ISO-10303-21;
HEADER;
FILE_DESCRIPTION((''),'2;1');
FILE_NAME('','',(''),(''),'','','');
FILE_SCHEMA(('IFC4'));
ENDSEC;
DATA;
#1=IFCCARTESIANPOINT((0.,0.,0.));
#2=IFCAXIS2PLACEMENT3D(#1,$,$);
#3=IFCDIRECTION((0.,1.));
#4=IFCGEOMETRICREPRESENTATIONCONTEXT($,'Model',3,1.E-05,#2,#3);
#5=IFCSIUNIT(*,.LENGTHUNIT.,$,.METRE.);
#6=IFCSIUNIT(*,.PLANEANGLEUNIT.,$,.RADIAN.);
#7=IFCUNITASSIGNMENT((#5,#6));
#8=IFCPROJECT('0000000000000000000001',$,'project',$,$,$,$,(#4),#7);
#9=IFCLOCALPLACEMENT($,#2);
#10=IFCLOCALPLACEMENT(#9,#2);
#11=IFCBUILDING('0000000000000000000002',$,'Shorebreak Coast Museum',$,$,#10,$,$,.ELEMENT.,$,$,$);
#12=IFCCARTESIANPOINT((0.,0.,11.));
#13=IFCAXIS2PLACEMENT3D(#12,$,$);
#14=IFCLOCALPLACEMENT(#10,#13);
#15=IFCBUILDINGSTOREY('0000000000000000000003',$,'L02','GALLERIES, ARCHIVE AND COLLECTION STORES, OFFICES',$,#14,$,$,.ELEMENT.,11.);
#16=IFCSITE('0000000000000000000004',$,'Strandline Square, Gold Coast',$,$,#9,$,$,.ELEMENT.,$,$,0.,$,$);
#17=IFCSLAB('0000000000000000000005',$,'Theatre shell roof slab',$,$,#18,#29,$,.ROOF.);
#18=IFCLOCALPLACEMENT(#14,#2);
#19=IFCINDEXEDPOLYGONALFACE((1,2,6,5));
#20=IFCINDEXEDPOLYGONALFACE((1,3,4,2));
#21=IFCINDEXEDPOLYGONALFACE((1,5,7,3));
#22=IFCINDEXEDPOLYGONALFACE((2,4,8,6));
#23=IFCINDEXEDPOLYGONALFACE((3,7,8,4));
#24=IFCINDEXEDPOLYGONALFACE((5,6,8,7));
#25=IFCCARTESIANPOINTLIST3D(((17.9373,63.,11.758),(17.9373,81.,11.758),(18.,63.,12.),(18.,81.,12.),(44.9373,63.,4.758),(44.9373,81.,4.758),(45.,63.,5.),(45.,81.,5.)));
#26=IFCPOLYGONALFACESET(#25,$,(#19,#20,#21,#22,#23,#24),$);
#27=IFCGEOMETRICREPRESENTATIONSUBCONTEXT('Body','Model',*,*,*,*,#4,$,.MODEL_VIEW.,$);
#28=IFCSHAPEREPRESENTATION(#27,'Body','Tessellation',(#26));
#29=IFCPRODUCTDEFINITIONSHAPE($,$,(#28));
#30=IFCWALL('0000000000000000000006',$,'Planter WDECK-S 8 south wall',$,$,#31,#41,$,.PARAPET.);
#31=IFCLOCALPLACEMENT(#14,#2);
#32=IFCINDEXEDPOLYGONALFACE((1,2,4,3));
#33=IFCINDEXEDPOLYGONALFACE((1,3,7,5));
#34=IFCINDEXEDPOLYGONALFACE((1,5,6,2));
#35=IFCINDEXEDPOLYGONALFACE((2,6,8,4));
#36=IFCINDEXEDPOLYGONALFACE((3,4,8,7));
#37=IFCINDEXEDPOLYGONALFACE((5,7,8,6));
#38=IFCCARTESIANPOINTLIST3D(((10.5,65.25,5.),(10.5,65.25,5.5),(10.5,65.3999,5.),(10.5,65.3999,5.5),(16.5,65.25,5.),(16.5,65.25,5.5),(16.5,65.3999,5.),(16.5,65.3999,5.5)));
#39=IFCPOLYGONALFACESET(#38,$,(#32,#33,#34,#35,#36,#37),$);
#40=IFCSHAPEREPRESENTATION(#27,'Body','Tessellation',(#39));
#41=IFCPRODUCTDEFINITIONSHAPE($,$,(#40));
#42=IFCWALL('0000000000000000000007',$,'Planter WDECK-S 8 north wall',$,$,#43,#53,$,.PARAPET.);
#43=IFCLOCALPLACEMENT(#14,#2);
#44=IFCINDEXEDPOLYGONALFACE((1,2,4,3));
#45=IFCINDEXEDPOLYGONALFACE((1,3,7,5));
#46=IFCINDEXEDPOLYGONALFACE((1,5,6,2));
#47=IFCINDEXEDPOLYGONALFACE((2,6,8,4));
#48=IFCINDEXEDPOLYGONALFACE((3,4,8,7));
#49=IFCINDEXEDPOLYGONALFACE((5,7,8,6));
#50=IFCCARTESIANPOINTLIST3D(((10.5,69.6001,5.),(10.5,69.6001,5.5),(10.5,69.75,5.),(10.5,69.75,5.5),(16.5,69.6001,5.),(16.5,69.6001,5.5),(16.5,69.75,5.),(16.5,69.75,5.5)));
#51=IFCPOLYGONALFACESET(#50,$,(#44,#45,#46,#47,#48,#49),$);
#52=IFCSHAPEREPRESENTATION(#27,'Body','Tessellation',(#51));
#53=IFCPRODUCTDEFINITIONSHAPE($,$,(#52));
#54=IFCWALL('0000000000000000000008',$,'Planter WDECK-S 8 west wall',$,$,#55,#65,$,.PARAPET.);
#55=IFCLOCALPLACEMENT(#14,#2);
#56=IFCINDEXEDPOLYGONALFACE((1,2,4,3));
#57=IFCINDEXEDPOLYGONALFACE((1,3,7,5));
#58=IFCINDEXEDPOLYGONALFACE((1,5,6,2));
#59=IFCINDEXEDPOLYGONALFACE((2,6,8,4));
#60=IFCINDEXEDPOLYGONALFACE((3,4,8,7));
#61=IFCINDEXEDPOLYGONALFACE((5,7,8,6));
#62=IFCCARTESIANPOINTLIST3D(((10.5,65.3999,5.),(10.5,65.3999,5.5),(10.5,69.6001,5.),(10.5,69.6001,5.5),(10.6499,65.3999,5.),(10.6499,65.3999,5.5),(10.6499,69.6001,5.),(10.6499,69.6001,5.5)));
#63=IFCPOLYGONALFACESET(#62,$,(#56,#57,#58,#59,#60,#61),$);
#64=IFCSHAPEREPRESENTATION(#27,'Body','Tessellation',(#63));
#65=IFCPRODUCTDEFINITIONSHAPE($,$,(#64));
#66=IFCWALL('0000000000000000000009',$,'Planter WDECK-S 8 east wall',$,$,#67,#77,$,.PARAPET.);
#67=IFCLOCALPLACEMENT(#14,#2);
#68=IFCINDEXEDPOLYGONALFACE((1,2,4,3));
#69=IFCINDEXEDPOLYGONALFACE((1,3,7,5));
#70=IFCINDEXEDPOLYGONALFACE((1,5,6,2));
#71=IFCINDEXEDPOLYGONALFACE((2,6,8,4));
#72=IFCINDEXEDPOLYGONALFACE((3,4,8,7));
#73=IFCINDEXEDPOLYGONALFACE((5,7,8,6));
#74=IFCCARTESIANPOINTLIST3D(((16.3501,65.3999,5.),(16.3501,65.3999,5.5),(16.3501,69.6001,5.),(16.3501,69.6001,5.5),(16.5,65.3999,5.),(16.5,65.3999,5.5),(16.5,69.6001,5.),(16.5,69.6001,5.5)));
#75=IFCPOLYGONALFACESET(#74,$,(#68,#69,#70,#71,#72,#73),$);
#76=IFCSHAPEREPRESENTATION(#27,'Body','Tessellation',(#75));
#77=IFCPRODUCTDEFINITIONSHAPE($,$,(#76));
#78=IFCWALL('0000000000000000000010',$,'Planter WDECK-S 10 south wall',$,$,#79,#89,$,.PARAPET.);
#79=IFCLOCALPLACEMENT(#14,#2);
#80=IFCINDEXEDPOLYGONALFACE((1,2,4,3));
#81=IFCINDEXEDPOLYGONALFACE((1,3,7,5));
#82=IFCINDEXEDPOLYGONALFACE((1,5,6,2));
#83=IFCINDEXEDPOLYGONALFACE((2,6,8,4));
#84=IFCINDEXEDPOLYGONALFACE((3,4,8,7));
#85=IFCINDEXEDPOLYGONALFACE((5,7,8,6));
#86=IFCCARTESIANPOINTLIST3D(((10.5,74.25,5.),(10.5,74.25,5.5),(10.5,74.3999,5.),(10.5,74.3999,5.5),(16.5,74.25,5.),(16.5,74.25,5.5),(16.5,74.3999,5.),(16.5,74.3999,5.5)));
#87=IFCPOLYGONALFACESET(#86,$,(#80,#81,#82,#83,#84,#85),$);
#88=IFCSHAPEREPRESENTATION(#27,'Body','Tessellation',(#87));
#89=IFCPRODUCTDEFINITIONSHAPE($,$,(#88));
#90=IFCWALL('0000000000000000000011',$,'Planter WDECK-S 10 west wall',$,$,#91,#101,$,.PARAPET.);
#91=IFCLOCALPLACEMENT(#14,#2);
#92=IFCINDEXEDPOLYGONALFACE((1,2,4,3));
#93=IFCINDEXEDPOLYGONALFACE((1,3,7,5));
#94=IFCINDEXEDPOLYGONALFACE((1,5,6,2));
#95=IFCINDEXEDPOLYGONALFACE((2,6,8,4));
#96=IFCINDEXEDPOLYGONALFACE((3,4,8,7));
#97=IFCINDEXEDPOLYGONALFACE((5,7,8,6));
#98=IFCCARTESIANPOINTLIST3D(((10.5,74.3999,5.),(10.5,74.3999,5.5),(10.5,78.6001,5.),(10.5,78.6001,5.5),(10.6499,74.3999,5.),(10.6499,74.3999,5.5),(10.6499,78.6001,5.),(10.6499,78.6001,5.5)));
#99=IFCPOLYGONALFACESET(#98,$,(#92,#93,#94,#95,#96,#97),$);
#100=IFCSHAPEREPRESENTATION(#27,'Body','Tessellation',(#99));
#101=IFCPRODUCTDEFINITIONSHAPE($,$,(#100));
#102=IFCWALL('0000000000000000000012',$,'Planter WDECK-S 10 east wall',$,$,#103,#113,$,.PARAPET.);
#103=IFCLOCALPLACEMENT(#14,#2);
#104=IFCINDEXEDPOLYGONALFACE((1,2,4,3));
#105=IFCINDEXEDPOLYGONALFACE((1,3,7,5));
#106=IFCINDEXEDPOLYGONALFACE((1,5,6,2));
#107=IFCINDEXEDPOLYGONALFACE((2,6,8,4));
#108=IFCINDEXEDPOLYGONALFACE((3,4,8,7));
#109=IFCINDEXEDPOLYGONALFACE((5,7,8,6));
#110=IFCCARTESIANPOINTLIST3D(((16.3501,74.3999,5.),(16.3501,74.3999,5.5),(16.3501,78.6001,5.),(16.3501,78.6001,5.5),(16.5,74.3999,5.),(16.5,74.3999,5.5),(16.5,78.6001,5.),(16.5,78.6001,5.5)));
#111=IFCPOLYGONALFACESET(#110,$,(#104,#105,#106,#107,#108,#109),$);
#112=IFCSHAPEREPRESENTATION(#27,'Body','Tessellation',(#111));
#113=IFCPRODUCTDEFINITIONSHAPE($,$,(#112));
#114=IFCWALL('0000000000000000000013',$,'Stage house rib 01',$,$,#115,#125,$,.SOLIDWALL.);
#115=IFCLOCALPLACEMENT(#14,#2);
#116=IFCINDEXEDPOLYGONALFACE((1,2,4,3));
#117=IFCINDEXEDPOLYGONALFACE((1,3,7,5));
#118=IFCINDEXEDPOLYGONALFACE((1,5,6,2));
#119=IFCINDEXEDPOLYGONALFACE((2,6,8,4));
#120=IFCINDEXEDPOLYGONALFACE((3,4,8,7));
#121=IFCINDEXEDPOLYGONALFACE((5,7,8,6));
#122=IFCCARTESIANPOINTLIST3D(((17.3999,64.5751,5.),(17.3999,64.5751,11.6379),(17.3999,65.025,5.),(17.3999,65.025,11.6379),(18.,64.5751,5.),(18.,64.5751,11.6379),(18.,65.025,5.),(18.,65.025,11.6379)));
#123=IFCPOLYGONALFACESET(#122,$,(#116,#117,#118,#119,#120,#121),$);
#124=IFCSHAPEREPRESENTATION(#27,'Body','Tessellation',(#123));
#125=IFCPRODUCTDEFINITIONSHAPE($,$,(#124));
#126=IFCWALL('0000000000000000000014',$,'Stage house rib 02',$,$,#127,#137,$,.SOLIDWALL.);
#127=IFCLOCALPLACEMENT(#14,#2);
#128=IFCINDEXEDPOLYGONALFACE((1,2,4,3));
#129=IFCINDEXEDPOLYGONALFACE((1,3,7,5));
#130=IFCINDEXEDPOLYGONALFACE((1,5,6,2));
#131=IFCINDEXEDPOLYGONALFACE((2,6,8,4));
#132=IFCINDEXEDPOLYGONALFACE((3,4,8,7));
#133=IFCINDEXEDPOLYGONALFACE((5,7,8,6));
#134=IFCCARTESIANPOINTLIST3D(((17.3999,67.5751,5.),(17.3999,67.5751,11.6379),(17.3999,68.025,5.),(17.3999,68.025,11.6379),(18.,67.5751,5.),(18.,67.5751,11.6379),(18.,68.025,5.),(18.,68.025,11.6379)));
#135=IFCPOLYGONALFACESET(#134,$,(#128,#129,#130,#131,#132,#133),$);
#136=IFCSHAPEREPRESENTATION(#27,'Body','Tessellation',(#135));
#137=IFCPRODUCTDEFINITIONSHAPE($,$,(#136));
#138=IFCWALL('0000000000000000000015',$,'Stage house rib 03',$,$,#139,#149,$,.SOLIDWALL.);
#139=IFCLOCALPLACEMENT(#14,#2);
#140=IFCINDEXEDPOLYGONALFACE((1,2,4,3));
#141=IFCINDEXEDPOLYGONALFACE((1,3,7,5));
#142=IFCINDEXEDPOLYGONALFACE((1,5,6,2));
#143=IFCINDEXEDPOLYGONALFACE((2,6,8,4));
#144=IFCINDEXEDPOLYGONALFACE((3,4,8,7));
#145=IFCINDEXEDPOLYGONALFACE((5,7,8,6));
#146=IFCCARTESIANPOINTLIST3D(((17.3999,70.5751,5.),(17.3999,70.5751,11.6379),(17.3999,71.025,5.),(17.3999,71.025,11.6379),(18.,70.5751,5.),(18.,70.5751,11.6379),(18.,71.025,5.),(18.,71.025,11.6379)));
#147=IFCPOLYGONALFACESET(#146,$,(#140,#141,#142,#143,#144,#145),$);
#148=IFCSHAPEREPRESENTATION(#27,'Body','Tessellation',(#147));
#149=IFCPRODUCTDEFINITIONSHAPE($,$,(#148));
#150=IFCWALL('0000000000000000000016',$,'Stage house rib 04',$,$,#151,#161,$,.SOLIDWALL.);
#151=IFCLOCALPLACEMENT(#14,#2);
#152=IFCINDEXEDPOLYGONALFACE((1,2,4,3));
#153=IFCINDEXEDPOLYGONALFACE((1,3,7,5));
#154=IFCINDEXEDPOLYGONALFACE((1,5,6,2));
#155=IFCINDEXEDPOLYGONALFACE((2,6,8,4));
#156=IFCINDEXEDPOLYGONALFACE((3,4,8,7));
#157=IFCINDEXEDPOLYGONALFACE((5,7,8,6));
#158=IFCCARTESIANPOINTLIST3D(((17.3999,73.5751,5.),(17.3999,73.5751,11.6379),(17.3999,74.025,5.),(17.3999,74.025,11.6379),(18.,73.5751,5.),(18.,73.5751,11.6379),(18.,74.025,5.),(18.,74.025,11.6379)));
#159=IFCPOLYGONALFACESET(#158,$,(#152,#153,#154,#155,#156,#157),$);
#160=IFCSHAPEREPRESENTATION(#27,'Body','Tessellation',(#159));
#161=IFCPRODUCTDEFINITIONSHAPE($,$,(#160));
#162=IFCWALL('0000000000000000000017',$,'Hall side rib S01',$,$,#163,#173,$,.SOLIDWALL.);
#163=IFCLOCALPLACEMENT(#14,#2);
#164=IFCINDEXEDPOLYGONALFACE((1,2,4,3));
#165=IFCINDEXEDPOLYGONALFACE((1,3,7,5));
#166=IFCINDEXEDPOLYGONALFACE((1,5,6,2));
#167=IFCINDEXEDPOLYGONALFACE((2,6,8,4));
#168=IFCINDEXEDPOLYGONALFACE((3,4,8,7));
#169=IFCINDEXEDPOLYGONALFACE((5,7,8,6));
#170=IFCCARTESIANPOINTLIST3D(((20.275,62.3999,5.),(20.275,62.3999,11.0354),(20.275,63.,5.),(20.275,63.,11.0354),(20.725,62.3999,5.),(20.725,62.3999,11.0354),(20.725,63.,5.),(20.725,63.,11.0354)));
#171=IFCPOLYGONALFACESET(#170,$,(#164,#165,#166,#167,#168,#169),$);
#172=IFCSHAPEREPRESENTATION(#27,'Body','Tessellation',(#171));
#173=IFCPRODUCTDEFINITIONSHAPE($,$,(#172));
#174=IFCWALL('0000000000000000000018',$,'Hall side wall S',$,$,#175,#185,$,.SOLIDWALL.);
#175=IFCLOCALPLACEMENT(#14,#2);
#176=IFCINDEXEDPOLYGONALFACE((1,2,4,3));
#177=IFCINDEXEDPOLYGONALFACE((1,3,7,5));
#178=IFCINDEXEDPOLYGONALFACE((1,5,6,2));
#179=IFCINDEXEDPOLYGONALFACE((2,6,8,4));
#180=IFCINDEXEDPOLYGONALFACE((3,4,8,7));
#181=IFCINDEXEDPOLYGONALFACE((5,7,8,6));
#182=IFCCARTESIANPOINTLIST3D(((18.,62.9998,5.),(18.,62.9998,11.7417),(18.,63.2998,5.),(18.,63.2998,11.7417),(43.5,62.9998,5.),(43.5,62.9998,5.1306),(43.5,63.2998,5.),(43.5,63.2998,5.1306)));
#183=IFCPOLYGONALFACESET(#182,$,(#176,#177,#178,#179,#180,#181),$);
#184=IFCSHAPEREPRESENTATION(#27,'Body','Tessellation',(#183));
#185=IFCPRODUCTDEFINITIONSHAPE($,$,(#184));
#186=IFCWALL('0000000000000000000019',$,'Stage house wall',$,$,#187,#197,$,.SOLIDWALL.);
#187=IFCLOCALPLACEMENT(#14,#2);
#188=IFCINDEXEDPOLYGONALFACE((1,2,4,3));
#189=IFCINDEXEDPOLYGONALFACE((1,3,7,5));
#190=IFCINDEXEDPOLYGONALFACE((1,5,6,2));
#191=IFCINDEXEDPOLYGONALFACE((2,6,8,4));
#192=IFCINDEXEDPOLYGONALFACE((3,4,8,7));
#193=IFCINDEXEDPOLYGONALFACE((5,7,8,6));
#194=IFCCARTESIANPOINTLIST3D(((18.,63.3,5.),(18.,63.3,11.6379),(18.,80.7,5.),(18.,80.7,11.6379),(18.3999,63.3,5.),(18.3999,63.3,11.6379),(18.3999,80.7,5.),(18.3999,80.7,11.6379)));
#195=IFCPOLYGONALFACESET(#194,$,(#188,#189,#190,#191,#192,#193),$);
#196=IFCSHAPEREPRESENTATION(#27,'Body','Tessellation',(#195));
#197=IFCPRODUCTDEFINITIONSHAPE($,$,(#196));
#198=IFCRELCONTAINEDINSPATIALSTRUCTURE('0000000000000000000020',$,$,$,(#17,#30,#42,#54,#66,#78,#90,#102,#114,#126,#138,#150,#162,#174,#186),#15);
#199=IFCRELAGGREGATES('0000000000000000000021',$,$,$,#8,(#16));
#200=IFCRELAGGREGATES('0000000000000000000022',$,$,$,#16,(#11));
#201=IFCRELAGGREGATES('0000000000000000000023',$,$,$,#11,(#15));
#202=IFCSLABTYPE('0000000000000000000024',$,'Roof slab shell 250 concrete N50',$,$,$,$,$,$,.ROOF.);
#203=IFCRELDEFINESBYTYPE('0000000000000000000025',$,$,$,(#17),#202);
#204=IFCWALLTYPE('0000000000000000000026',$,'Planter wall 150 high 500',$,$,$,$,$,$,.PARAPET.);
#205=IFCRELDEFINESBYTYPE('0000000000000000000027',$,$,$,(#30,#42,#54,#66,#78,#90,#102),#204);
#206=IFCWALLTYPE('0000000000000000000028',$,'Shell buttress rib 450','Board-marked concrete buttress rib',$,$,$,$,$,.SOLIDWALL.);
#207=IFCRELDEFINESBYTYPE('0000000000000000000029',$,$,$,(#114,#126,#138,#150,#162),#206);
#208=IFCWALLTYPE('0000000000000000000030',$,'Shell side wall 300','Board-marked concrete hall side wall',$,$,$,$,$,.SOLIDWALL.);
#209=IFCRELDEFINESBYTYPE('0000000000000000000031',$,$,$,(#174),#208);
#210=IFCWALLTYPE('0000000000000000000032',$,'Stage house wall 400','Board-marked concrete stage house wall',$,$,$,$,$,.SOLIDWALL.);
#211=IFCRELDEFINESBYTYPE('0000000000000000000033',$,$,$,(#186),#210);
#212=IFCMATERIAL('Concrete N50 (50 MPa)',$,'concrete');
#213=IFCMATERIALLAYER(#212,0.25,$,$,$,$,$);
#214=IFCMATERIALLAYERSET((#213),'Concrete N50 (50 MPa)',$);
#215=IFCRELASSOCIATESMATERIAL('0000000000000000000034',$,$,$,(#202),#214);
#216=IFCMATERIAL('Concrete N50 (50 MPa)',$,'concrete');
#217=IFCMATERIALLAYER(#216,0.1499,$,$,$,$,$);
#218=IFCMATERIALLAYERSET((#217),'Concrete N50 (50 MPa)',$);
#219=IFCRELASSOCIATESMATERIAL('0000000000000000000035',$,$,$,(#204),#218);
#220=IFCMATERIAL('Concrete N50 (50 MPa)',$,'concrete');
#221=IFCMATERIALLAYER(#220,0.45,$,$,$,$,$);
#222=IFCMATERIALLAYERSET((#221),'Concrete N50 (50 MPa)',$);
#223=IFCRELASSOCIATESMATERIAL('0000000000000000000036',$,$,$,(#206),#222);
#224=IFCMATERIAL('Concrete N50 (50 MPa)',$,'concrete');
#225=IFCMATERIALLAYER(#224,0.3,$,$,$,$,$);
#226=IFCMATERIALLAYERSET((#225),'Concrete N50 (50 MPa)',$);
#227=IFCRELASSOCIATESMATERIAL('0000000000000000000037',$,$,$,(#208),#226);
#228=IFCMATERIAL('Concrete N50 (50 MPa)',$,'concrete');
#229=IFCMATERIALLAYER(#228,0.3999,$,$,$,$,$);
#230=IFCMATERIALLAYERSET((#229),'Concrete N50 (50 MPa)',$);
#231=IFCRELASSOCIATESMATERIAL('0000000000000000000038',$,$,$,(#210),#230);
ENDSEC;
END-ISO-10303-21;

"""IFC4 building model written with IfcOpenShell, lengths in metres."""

from ifc_helpers import new_model, si_unit, direction, frame, frame_2d, origin, place, context, subcontext, project, spatial, polyline, rectangle, outline, extrude, material, layer, layer_set, type_object, element, save


model = new_model("IFC4")

# Units and contexts
model_context = context("Model", 3, precision=1e-05, world=origin(), true_north=direction((0.0, 1.0)))
body_context = subcontext(model_context, "Body", "Model", "MODEL_VIEW")
ifc_project = project(units=[si_unit("LENGTHUNIT", "METRE"), si_unit("PLANEANGLEUNIT", "RADIAN")], contexts=[model_context])

# Site, building, storey
site_placement = place(None, origin())
site = spatial("IfcSite", under=ifc_project, at=site_placement, Name="Strandline Square, Gold Coast", CompositionType="ELEMENT", RefElevation=0.0)
building_placement = place(site_placement, origin())
building = spatial("IfcBuilding", under=site, at=building_placement, Name="Shorebreak Coast Museum", CompositionType="ELEMENT")
storey_placement = place(building_placement, frame((0.0, 0.0, 11.0)))
storey = spatial("IfcBuildingStorey", under=building, at=storey_placement, Name="L02", Description="GALLERIES, ARCHIVE AND COLLECTION STORES, OFFICES", CompositionType="ELEMENT", Elevation=11.0)

# Slab
ifc_material_1 = material(Name="Concrete N50 (50 MPa)", Category="concrete")
ifc_layer_1 = layer(ifc_material_1, 0.25)
ifc_layer_set_1 = layer_set([ifc_layer_1], Name="Concrete N50 (50 MPa)")
slab_type = type_object("IfcSlabType", Name="Roof slab shell 250 concrete N50", PredefinedType="ROOF", material=ifc_layer_set_1)
slab_placement = place(storey_placement, frame((18.0, 63.0, 12.0), z_axis=(0.250962, 0.0, 0.967997), x_axis=(0.0, 1.0, 0.0)))
element("IfcSlab", 1, at=slab_placement, inside=storey, type_object=slab_type, Name="Theatre shell roof slab", PredefinedType="ROOF", context=body_context, shape_type="SweptSolid", body=[
    extrude(outline(polyline([(0.0, 0.0), (18.0, 0.0), (18.0, -27.8927), (0.0, -27.8927), (0.0, 0.0)])), origin(), (0.0, 0.0, -1.0), 0.25),
])

# Walls
ifc_material_2 = material(Name="Concrete N50 (50 MPa)", Category="concrete")
ifc_layer_2 = layer(ifc_material_2, 0.1499)
ifc_layer_set_2 = layer_set([ifc_layer_2], Name="Concrete N50 (50 MPa)")
wall_type_1 = type_object("IfcWallType", Name="Planter wall 150 high 500", PredefinedType="PARAPET", material=ifc_layer_set_2)
for number, where, z_axis, x_axis, name in (
    (2, (10.5, 65.325, 5.0), (0.0, 0.0, 1.0), (1.0, 0.0, 0.0), "Planter WDECK-S 8 south wall"),
    (3, (10.5, 69.675, 5.0), (0.0, 0.0, 1.0), (1.0, 0.0, 0.0), "Planter WDECK-S 8 north wall"),
):
    element("IfcWall", number, at=place(storey_placement, frame(where, z_axis=z_axis, x_axis=x_axis)), inside=storey, type_object=wall_type_1, Name=name, PredefinedType="PARAPET", context=body_context, shape_type="SweptSolid", body=[
        extrude(rectangle(XDim=6.0, YDim=0.1499, at=frame_2d((3.0, 0.0))), origin(), (0.0, 0.0, 1.0), 0.5),
    ])
for number, where, z_axis, x_axis, name in (
    (4, (10.575, 65.3999, 5.0), (0.0, 0.0, 1.0), (0.0, 1.0, 0.0), "Planter WDECK-S 8 west wall"),
    (5, (16.425, 65.3999, 5.0), (0.0, 0.0, 1.0), (0.0, 1.0, 0.0), "Planter WDECK-S 8 east wall"),
):
    element("IfcWall", number, at=place(storey_placement, frame(where, z_axis=z_axis, x_axis=x_axis)), inside=storey, type_object=wall_type_1, Name=name, PredefinedType="PARAPET", context=body_context, shape_type="SweptSolid", body=[
        extrude(rectangle(XDim=4.2002, YDim=0.1499, at=frame_2d((2.1001, 0.0))), origin(), (0.0, 0.0, 1.0), 0.5),
    ])
wall_1_placement = place(storey_placement, frame((10.5, 74.325, 5.0), z_axis=(0.0, 0.0, 1.0), x_axis=(1.0, 0.0, 0.0)))
element("IfcWall", 6, at=wall_1_placement, inside=storey, type_object=wall_type_1, Name="Planter WDECK-S 10 south wall", PredefinedType="PARAPET", context=body_context, shape_type="SweptSolid", body=[
    extrude(rectangle(XDim=6.0, YDim=0.1499, at=frame_2d((3.0, 0.0))), origin(), (0.0, 0.0, 1.0), 0.5),
])
for number, where, z_axis, x_axis, name in (
    (7, (10.575, 74.3999, 5.0), (0.0, 0.0, 1.0), (0.0, 1.0, 0.0), "Planter WDECK-S 10 west wall"),
    (8, (16.425, 74.3999, 5.0), (0.0, 0.0, 1.0), (0.0, 1.0, 0.0), "Planter WDECK-S 10 east wall"),
):
    element("IfcWall", number, at=place(storey_placement, frame(where, z_axis=z_axis, x_axis=x_axis)), inside=storey, type_object=wall_type_1, Name=name, PredefinedType="PARAPET", context=body_context, shape_type="SweptSolid", body=[
        extrude(rectangle(XDim=4.2002, YDim=0.1499, at=frame_2d((2.1001, 0.0))), origin(), (0.0, 0.0, 1.0), 0.5),
    ])
ifc_material_3 = material(Name="Concrete N50 (50 MPa)", Category="concrete")
ifc_layer_3 = layer(ifc_material_3, 0.45)
ifc_layer_set_3 = layer_set([ifc_layer_3], Name="Concrete N50 (50 MPa)")
wall_type_2 = type_object("IfcWallType", Name="Shell buttress rib 450", Description="Board-marked concrete buttress rib", PredefinedType="SOLIDWALL", material=ifc_layer_set_3)
for number, where, z_axis, x_axis, name in (
    (9, (17.3999, 64.8, 5.0), (0.0, 0.0, 1.0), (1.0, 0.0, 0.0), "Stage house rib 01"),
    (10, (17.3999, 67.8, 5.0), (0.0, 0.0, 1.0), (1.0, 0.0, 0.0), "Stage house rib 02"),
    (11, (17.3999, 70.8, 5.0), (0.0, 0.0, 1.0), (1.0, 0.0, 0.0), "Stage house rib 03"),
    (12, (17.3999, 73.8, 5.0), (0.0, 0.0, 1.0), (1.0, 0.0, 0.0), "Stage house rib 04"),
):
    element("IfcWall", number, at=place(storey_placement, frame(where, z_axis=z_axis, x_axis=x_axis)), inside=storey, type_object=wall_type_2, Name=name, PredefinedType="SOLIDWALL", context=body_context, shape_type="SweptSolid", body=[
        extrude(rectangle(XDim=0.6001, YDim=0.45, at=frame_2d((0.3, 0.0))), origin(), (0.0, 0.0, 1.0), 6.6379),
    ])
wall_2_placement = place(storey_placement, frame((20.5, 63.0, 5.0), z_axis=(0.0, 0.0, 1.0), x_axis=(0.0, -1.0, 0.0)))
element("IfcWall", 13, at=wall_2_placement, inside=storey, type_object=wall_type_2, Name="Hall side rib S01", PredefinedType="SOLIDWALL", context=body_context, shape_type="SweptSolid", body=[
    extrude(rectangle(XDim=0.6001, YDim=0.45, at=frame_2d((0.3, 0.0))), origin(), (0.0, 0.0, 1.0), 6.0354),
])
ifc_material_4 = material(Name="Concrete N50 (50 MPa)", Category="concrete")
ifc_layer_4 = layer(ifc_material_4, 0.3)
ifc_layer_set_4 = layer_set([ifc_layer_4], Name="Concrete N50 (50 MPa)")
wall_type_3 = type_object("IfcWallType", Name="Shell side wall 300", Description="Board-marked concrete hall side wall", PredefinedType="SOLIDWALL", material=ifc_layer_set_4)
wall_3_placement = place(storey_placement, frame((18.0, 63.1499, 5.0), z_axis=(0.0, 0.0, 1.0), x_axis=(1.0, 0.0, 0.0)))
element("IfcWall", 14, at=wall_3_placement, inside=storey, type_object=wall_type_3, Name="Hall side wall S", PredefinedType="SOLIDWALL", context=body_context, shape_type="SweptSolid", body=[
    extrude(outline(polyline([(0.0, 0.0), (25.5, 0.0), (25.5, 0.1306), (0.0, 6.7417), (0.0, 0.0)])), frame((0.0, 0.1499, 0.0), z_axis=(0.0, -1.0, 0.0), x_axis=(1.0, 0.0, 0.0)), (0.0, 0.0, 1.0), 0.3),
])
ifc_material_5 = material(Name="Concrete N50 (50 MPa)", Category="concrete")
ifc_layer_5 = layer(ifc_material_5, 0.3999)
ifc_layer_set_5 = layer_set([ifc_layer_5], Name="Concrete N50 (50 MPa)")
wall_type_4 = type_object("IfcWallType", Name="Stage house wall 400", Description="Board-marked concrete stage house wall", PredefinedType="SOLIDWALL", material=ifc_layer_set_5)
wall_4_placement = place(storey_placement, frame((18.2, 63.3, 5.0), z_axis=(0.0, 0.0, 1.0), x_axis=(0.0, 1.0, 0.0)))
element("IfcWall", 15, at=wall_4_placement, inside=storey, type_object=wall_type_4, Name="Stage house wall", PredefinedType="SOLIDWALL", context=body_context, shape_type="SweptSolid", body=[
    extrude(rectangle(XDim=17.3999, YDim=0.3999, at=frame_2d((8.7, 0.0))), origin(), (0.0, 0.0, 1.0), 6.6379),
])

save(model, "model.ifc")
